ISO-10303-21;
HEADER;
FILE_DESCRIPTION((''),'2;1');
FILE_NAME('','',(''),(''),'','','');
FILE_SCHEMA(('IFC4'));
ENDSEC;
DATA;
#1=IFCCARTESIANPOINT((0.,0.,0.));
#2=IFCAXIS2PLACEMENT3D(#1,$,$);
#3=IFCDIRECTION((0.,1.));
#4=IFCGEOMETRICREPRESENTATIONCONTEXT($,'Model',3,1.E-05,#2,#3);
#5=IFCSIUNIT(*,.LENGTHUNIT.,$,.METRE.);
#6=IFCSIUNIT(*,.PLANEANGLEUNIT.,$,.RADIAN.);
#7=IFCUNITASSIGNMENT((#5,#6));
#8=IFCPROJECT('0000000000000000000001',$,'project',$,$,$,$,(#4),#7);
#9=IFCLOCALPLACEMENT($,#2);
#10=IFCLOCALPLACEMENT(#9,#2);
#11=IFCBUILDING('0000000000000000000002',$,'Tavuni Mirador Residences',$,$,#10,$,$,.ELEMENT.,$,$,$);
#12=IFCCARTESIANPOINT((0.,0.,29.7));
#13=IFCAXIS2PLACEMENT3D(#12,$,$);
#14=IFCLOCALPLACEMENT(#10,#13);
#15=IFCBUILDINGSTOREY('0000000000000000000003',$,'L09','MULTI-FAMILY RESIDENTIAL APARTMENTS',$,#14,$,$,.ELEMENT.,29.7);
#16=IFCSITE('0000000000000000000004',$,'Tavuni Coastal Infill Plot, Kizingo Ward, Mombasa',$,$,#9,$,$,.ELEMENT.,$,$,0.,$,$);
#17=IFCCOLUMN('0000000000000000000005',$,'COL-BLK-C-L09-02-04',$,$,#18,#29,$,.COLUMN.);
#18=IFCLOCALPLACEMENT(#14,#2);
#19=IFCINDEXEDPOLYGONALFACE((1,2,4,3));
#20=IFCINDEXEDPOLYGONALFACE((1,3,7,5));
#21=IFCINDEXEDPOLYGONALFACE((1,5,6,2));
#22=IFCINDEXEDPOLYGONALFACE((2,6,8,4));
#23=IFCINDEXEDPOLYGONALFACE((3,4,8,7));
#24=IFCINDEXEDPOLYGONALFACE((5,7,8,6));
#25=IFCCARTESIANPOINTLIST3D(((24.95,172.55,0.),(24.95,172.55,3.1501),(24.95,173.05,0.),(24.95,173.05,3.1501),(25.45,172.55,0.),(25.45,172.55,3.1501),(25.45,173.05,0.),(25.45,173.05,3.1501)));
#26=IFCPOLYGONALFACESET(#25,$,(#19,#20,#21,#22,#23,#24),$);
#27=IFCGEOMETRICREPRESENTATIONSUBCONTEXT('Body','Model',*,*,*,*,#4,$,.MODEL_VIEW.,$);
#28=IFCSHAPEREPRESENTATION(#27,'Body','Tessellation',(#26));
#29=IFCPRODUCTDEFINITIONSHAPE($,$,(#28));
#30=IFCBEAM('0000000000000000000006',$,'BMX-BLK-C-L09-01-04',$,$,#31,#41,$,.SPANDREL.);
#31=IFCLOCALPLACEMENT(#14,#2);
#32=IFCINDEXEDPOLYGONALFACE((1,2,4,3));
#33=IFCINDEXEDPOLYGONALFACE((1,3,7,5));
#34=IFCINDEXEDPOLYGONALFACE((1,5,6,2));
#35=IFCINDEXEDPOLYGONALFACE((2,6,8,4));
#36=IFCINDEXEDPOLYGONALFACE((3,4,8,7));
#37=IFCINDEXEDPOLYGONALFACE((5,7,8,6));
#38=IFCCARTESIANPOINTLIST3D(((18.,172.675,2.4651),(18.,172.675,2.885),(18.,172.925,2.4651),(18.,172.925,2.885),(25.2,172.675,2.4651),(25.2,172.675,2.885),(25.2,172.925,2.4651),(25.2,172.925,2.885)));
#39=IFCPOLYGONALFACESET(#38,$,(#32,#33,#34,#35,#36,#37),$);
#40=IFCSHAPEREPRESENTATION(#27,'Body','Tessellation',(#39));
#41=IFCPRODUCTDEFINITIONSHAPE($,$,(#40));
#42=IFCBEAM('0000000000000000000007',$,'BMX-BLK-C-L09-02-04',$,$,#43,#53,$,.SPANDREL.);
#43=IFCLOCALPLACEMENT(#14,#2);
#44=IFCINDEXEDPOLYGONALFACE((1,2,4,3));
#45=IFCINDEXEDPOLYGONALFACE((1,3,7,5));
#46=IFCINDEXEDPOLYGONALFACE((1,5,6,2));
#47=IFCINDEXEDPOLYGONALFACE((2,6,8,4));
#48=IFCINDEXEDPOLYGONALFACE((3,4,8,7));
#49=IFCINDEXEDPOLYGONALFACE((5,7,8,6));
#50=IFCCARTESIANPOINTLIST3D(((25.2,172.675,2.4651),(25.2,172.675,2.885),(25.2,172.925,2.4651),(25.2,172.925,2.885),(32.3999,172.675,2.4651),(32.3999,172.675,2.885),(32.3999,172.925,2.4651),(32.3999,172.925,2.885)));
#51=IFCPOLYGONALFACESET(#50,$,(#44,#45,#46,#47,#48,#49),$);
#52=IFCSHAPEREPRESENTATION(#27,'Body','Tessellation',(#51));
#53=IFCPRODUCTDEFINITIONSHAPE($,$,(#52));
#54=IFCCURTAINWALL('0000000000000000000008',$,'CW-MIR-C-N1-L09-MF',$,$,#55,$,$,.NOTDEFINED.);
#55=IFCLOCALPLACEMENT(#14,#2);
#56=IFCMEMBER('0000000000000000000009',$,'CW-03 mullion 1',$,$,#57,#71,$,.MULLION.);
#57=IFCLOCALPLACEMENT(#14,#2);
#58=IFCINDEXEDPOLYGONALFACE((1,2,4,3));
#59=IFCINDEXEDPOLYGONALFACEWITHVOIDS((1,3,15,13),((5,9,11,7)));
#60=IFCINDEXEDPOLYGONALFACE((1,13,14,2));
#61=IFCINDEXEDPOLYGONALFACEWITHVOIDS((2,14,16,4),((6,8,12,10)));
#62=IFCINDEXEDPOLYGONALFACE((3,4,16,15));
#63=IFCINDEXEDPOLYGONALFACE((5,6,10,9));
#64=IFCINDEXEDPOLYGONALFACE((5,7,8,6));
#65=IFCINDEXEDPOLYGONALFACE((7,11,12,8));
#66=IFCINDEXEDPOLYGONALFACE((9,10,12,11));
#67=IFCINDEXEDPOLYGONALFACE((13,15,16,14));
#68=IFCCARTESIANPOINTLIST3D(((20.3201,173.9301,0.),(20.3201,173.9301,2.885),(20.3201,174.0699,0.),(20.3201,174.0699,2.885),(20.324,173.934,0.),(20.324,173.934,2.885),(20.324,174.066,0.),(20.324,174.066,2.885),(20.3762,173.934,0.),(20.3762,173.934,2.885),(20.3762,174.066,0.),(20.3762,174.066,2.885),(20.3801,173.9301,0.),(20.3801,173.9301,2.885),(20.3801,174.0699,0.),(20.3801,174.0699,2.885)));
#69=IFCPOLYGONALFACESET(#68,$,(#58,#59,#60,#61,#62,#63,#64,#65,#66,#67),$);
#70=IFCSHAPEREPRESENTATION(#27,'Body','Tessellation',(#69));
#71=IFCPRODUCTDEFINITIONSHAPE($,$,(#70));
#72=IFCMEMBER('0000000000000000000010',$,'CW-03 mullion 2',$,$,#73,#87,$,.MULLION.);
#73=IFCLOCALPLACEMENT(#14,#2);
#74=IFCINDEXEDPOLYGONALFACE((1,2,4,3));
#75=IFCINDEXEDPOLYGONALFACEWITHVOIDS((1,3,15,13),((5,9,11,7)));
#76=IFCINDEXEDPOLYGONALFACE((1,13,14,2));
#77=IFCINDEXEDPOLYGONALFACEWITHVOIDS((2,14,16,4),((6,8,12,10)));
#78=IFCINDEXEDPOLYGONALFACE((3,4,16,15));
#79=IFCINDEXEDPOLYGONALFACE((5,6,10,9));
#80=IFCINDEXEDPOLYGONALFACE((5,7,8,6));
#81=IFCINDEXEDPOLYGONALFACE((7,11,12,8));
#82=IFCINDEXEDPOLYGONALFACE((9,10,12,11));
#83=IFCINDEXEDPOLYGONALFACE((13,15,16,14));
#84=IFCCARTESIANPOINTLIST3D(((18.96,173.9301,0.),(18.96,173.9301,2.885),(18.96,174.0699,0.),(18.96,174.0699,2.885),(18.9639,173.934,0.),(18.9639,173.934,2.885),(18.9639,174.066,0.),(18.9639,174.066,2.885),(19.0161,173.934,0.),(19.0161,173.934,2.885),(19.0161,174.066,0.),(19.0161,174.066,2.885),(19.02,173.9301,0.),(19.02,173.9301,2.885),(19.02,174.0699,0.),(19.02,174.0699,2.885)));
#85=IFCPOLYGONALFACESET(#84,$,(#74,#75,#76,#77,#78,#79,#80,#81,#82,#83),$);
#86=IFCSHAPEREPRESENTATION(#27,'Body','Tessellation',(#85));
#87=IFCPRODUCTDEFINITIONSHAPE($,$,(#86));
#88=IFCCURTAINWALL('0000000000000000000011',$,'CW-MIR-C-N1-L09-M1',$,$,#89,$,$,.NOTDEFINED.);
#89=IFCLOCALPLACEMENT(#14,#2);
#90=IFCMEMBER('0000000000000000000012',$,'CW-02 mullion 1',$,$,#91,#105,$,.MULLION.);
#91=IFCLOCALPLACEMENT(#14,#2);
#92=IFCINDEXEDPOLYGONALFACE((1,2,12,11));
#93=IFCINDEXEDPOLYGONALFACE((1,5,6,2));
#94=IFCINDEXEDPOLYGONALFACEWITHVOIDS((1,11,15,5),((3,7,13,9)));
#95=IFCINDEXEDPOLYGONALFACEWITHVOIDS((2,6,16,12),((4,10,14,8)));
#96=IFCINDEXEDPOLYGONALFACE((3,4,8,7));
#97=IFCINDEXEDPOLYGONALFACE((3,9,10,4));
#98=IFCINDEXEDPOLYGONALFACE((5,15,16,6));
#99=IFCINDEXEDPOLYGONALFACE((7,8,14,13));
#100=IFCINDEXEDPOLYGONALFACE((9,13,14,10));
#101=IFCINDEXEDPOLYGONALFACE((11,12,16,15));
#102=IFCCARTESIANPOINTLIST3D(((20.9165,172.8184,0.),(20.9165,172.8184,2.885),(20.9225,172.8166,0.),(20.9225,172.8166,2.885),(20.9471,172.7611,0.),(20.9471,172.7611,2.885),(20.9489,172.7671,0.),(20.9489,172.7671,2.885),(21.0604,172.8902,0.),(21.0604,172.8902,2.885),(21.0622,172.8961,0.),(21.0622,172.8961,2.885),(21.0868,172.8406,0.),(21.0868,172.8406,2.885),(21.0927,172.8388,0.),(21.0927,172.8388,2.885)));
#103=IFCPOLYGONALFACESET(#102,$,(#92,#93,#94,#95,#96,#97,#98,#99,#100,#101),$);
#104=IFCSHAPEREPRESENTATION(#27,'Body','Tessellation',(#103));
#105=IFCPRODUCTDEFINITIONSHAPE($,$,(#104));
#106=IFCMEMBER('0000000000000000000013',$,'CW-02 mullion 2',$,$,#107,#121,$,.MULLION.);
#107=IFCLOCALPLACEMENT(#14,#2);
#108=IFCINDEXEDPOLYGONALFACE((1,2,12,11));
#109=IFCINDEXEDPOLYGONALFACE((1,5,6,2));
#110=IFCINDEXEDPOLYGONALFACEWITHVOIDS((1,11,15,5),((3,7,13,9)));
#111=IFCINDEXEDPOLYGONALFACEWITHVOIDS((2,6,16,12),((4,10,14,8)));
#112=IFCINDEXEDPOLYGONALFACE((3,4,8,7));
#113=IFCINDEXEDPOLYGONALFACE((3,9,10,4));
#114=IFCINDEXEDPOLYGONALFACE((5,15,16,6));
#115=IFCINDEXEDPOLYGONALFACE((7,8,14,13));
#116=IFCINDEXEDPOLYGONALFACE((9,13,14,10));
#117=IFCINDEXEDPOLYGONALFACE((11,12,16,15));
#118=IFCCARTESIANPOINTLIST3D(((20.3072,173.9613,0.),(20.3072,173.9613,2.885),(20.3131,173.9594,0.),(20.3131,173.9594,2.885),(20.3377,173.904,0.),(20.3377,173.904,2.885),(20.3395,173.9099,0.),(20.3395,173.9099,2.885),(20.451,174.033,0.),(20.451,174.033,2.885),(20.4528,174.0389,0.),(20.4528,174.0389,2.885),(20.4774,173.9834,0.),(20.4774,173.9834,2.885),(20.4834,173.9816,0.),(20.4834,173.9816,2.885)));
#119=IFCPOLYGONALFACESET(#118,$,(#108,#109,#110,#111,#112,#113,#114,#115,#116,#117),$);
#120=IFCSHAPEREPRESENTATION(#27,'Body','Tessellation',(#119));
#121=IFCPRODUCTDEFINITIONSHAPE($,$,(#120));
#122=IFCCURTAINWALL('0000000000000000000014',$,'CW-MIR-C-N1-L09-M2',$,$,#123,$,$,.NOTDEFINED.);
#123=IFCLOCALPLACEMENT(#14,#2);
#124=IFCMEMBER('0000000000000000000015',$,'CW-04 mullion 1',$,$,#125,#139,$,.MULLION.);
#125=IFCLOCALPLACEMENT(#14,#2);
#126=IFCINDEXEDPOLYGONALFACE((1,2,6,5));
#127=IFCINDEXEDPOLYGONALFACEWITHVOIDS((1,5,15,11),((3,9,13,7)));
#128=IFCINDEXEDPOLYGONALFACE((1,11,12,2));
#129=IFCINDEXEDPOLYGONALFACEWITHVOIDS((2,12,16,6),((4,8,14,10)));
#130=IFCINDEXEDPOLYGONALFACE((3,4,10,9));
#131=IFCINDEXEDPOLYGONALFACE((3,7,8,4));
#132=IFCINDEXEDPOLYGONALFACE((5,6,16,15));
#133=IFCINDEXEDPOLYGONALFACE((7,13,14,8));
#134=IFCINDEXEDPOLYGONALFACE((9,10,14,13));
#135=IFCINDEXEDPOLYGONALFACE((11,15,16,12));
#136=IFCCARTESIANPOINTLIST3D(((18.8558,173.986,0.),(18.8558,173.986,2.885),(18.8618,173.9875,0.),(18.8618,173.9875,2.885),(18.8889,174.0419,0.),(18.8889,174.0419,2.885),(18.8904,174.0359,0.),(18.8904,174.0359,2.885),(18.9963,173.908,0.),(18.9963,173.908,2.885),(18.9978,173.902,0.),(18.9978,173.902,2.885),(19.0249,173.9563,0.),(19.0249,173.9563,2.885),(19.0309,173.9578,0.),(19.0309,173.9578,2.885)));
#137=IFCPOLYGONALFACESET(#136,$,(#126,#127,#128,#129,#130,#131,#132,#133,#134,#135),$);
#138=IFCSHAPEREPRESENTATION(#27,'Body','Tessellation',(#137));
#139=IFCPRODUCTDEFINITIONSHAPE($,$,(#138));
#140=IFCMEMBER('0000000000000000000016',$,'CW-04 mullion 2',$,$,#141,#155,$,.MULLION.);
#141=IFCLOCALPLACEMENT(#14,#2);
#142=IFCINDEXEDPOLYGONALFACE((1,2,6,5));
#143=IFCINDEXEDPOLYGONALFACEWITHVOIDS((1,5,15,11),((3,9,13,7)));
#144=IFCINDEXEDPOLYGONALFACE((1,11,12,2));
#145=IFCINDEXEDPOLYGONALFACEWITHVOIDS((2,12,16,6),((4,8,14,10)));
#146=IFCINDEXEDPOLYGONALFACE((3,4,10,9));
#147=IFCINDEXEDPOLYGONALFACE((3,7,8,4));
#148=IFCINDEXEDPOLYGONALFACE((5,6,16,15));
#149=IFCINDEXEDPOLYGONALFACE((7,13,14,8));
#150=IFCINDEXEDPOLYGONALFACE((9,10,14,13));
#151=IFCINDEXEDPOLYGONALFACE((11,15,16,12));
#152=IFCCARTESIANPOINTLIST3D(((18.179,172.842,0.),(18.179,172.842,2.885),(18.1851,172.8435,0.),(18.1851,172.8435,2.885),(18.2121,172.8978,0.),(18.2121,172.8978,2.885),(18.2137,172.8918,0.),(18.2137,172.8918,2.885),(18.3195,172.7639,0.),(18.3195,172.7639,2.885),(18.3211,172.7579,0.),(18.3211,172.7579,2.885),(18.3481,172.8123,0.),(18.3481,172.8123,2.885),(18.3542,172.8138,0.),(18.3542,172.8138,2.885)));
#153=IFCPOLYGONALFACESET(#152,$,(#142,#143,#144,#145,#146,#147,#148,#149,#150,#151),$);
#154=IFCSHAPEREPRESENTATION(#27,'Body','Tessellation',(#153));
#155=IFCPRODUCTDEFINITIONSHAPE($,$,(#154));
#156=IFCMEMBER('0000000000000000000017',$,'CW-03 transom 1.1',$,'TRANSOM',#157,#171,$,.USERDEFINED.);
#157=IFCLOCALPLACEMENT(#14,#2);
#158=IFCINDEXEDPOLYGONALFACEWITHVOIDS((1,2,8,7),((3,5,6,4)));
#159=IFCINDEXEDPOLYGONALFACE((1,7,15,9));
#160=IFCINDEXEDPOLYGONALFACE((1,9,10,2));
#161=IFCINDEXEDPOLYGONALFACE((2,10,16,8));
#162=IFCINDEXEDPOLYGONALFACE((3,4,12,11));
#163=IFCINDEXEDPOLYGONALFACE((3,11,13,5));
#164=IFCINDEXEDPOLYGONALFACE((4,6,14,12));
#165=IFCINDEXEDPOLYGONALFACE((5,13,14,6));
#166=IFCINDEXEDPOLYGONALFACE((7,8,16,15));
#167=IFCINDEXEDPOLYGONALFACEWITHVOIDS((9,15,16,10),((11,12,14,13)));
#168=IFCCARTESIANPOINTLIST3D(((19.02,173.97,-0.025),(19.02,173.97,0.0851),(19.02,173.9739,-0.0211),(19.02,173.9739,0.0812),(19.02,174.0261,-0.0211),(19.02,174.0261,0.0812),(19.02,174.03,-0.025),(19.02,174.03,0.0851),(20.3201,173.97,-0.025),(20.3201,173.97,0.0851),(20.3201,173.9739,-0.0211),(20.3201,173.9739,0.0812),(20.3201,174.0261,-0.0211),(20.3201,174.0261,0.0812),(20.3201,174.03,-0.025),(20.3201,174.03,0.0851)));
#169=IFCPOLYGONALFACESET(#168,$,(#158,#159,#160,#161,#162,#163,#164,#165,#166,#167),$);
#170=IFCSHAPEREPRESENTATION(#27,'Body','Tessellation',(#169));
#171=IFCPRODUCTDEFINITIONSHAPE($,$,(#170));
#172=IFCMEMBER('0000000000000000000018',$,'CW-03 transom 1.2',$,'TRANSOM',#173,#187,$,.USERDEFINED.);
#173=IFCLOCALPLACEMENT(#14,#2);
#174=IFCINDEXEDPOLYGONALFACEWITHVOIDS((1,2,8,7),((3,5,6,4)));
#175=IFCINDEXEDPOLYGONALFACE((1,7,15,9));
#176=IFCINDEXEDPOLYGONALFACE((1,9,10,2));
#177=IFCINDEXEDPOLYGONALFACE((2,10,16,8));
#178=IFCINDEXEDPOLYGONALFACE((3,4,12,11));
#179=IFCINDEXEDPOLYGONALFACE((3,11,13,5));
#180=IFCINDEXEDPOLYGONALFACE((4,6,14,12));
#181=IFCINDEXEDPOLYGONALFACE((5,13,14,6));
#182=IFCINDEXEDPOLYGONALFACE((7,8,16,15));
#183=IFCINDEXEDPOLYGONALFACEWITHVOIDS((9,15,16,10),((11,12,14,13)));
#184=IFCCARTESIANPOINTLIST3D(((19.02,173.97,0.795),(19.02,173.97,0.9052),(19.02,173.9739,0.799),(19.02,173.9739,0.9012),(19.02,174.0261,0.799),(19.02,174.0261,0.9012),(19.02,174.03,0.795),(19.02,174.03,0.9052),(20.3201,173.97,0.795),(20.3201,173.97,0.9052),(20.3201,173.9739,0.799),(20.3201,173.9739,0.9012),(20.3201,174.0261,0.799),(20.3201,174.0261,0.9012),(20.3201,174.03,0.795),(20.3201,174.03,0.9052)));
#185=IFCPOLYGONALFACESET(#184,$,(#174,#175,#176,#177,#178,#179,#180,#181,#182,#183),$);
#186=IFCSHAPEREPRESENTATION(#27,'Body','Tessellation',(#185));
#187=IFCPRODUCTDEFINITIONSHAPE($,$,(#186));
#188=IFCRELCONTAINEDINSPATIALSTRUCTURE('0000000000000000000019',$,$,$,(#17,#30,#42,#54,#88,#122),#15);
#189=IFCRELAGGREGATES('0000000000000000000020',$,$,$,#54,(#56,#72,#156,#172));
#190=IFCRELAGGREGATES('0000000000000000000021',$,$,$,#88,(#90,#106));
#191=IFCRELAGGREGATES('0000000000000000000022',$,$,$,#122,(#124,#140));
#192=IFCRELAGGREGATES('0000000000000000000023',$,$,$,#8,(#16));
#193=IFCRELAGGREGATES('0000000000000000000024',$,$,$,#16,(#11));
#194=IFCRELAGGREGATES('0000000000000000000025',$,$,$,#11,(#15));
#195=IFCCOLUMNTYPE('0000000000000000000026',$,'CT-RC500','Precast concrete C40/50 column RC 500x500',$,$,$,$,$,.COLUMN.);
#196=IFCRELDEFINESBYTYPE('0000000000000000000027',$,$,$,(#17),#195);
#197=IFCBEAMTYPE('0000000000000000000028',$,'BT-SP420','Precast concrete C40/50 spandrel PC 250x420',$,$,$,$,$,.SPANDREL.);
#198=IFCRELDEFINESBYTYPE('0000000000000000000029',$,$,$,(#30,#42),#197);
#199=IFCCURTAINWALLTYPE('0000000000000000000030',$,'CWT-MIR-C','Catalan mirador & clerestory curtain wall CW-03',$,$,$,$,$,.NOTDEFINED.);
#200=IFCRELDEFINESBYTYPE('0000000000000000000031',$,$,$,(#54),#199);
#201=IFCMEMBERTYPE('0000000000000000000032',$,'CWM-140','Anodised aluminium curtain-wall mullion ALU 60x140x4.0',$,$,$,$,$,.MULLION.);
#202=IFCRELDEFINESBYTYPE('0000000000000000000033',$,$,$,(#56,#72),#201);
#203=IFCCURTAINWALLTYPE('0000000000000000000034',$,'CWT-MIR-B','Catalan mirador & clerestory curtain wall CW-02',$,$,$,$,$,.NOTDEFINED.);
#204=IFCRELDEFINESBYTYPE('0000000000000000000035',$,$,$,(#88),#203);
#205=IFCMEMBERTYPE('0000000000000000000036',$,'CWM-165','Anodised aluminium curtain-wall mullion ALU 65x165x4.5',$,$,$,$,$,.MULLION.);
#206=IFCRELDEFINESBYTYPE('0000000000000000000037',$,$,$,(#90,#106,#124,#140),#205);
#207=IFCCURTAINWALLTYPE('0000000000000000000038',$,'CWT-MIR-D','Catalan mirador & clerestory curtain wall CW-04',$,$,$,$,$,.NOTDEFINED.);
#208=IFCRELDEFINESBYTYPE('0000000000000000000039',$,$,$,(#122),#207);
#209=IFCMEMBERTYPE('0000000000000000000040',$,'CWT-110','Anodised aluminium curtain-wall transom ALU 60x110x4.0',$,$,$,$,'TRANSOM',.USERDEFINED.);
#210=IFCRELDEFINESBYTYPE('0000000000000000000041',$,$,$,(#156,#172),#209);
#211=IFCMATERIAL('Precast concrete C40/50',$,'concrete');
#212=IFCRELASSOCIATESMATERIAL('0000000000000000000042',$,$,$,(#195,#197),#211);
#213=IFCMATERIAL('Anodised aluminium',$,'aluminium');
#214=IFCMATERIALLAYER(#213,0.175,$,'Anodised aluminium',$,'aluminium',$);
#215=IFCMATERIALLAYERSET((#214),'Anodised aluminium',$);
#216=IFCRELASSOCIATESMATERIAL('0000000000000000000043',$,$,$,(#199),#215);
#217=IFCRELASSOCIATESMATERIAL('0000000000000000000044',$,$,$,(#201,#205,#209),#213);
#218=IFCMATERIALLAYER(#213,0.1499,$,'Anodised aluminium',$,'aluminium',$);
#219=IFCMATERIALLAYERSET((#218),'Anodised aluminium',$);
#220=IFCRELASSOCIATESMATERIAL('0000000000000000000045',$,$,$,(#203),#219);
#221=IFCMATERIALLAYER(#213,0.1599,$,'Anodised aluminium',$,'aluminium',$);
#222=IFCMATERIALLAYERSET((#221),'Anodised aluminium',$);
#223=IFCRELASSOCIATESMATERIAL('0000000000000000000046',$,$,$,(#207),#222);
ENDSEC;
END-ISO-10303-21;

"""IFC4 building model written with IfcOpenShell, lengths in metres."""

from ifc_helpers import new_model, si_unit, direction, frame, origin, origin_2d, place, context, subcontext, project, spatial, rectangle, hollow_rectangle, extrude, material, layer, layer_set, material_profile, profile_set, type_object, element, aggregate, save


model = new_model("IFC4")

# Units and contexts
model_context = context("Model", 3, precision=1e-05, world=origin(), true_north=direction((0.0, 1.0)))
body_context = subcontext(model_context, "Body", "Model", "MODEL_VIEW")
ifc_project = project(units=[si_unit("LENGTHUNIT", "METRE"), si_unit("PLANEANGLEUNIT", "RADIAN")], contexts=[model_context])

# Site, building, storey
site_placement = place(None, origin())
site = spatial("IfcSite", under=ifc_project, at=site_placement, Name="Tavuni Coastal Infill Plot, Kizingo Ward, Mombasa", CompositionType="ELEMENT", RefElevation=0.0)
building_placement = place(site_placement, origin())
building = spatial("IfcBuilding", under=site, at=building_placement, Name="Tavuni Mirador Residences", CompositionType="ELEMENT")
storey_placement = place(building_placement, frame((0.0, 0.0, 29.7)))
storey = spatial("IfcBuildingStorey", under=building, at=storey_placement, Name="L09", Description="MULTI-FAMILY RESIDENTIAL APARTMENTS", CompositionType="ELEMENT", Elevation=29.7)

# Column
ifc_material_1 = material(Name="Precast concrete C40/50", Category="concrete")
ifc_material_profile_1 = material_profile(ifc_material_1, rectangle(XDim=0.5, YDim=0.5, at=origin_2d()), Name="RC 500x500", Category="concrete")
ifc_profile_set_1 = profile_set([ifc_material_profile_1], Name="Precast concrete C40/50")
column_type = type_object("IfcColumnType", Name="CT-RC500", Description="Precast concrete C40/50 column RC 500x500", PredefinedType="COLUMN", material=ifc_profile_set_1)
column_placement = place(storey_placement, frame((25.2, 172.8, 0.0), z_axis=(0.0, 0.0, 1.0), x_axis=(1.0, 0.0, 0.0)))
element("IfcColumn", 1, at=column_placement, inside=storey, type_object=column_type, Name="COL-BLK-C-L09-02-04", PredefinedType="COLUMN", context=body_context, shape_type="SweptSolid", body=[
    extrude(rectangle(XDim=0.5, YDim=0.5, at=origin_2d()), origin(), (0.0, 0.0, 1.0), 3.1501),
])

# Beams
ifc_material_profile_2 = material_profile(ifc_material_1, rectangle(XDim=0.25, YDim=0.4199, at=origin_2d()), Name="PC 250x420", Category="concrete")
ifc_profile_set_2 = profile_set([ifc_material_profile_2], Name="Precast concrete C40/50")
beam_type = type_object("IfcBeamType", Name="BT-SP420", Description="Precast concrete C40/50 spandrel PC 250x420", PredefinedType="SPANDREL", material=ifc_profile_set_2)
for number, where, z_axis, x_axis, name in (
    (2, (18.0, 172.8, 2.675), (1.0, 0.0, 0.0), (0.0, 1.0, 0.0), "BMX-BLK-C-L09-01-04"),
    (3, (25.2, 172.8, 2.675), (1.0, 0.0, 0.0), (0.0, 1.0, 0.0), "BMX-BLK-C-L09-02-04"),
):
    element("IfcBeam", number, at=place(storey_placement, frame(where, z_axis=z_axis, x_axis=x_axis)), inside=storey, type_object=beam_type, Name=name, PredefinedType="SPANDREL", context=body_context, shape_type="SweptSolid", body=[
        extrude(rectangle(XDim=0.25, YDim=0.4199, at=origin_2d()), origin(), (0.0, 0.0, 1.0), 7.2),
    ])

# Curtain walls, members
ifc_material_2 = material(Name="Anodised aluminium", Category="aluminium")
ifc_layer_1 = layer(ifc_material_2, 0.175, Name="Anodised aluminium", Category="aluminium")
ifc_layer_set_1 = layer_set([ifc_layer_1], Name="Anodised aluminium")
curtain_wall_type_1 = type_object("IfcCurtainWallType", Name="CWT-MIR-C", Description="Catalan mirador & clerestory curtain wall CW-03", PredefinedType="NOTDEFINED", material=ifc_layer_set_1)
curtain_wall_1_placement = place(storey_placement, origin())
curtain_wall_1 = element("IfcCurtainWall", 4, at=curtain_wall_1_placement, inside=storey, type_object=curtain_wall_type_1, Name="CW-MIR-C-N1-L09-MF", PredefinedType="NOTDEFINED")
ifc_material_profile_3 = material_profile(ifc_material_2, hollow_rectangle(XDim=0.0601, YDim=0.1399, WallThickness=0.0039, at=origin_2d()), Name="ALU 60x140x4.0", Category="aluminium")
ifc_profile_set_3 = profile_set([ifc_material_profile_3], Name="Anodised aluminium")
member_type_1 = type_object("IfcMemberType", Name="CWM-140", Description="Anodised aluminium curtain-wall mullion ALU 60x140x4.0", PredefinedType="MULLION", material=ifc_profile_set_3)
member_1_placement = place(storey_placement, frame((20.3501, 174.0, 0.0), z_axis=(0.0, 0.0, 1.0), x_axis=(-1.0, 0.0, 0.0)))
member_1 = element("IfcMember", 5, at=member_1_placement, type_object=member_type_1, Name="CW-03 mullion 1", PredefinedType="MULLION", context=body_context, shape_type="SweptSolid", body=[
    extrude(hollow_rectangle(XDim=0.0601, YDim=0.1399, WallThickness=0.0039, at=origin_2d()), origin(), (0.0, 0.0, 1.0), 2.885),
])
member_2_placement = place(storey_placement, frame((18.99, 174.0, 0.0), z_axis=(0.0, 0.0, 1.0), x_axis=(-1.0, 0.0, 0.0)))
member_2 = element("IfcMember", 6, at=member_2_placement, type_object=member_type_1, Name="CW-03 mullion 2", PredefinedType="MULLION", context=body_context, shape_type="SweptSolid", body=[
    extrude(hollow_rectangle(XDim=0.0601, YDim=0.1399, WallThickness=0.0039, at=origin_2d()), origin(), (0.0, 0.0, 1.0), 2.885),
])
ifc_layer_2 = layer(ifc_material_2, 0.1499, Name="Anodised aluminium", Category="aluminium")
ifc_layer_set_2 = layer_set([ifc_layer_2], Name="Anodised aluminium")
curtain_wall_type_2 = type_object("IfcCurtainWallType", Name="CWT-MIR-B", Description="Catalan mirador & clerestory curtain wall CW-02", PredefinedType="NOTDEFINED", material=ifc_layer_set_2)
curtain_wall_2_placement = place(storey_placement, origin())
curtain_wall_2 = element("IfcCurtainWall", 7, at=curtain_wall_2_placement, inside=storey, type_object=curtain_wall_type_2, Name="CW-MIR-C-N1-L09-M1", PredefinedType="NOTDEFINED")
ifc_material_profile_4 = material_profile(ifc_material_2, hollow_rectangle(XDim=0.0649, YDim=0.165, WallThickness=0.0044, at=origin_2d()), Name="ALU 65x165x4.5", Category="aluminium")
ifc_profile_set_4 = profile_set([ifc_material_profile_4], Name="Anodised aluminium")
member_type_2 = type_object("IfcMemberType", Name="CWM-165", Description="Anodised aluminium curtain-wall mullion ALU 65x165x4.5", PredefinedType="MULLION", material=ifc_profile_set_4)
member_3_placement = place(storey_placement, frame((21.0046, 172.8286, 0.0), z_axis=(0.0, 0.0, 1.0), x_axis=(-0.470588, 0.882353, 0.0)))
member_3 = element("IfcMember", 8, at=member_3_placement, type_object=member_type_2, Name="CW-02 mullion 1", PredefinedType="MULLION", context=body_context, shape_type="SweptSolid", body=[
    extrude(hollow_rectangle(XDim=0.0649, YDim=0.165, WallThickness=0.0044, at=origin_2d()), origin(), (0.0, 0.0, 1.0), 2.885),
])
member_4_placement = place(storey_placement, frame((20.3953, 173.9714, 0.0), z_axis=(0.0, 0.0, 1.0), x_axis=(-0.470588, 0.882353, 0.0)))
member_4 = element("IfcMember", 9, at=member_4_placement, type_object=member_type_2, Name="CW-02 mullion 2", PredefinedType="MULLION", context=body_context, shape_type="SweptSolid", body=[
    extrude(hollow_rectangle(XDim=0.0649, YDim=0.165, WallThickness=0.0044, at=origin_2d()), origin(), (0.0, 0.0, 1.0), 2.885),
])
ifc_layer_3 = layer(ifc_material_2, 0.1599, Name="Anodised aluminium", Category="aluminium")
ifc_layer_set_3 = layer_set([ifc_layer_3], Name="Anodised aluminium")
curtain_wall_type_3 = type_object("IfcCurtainWallType", Name="CWT-MIR-D", Description="Catalan mirador & clerestory curtain wall CW-04", PredefinedType="NOTDEFINED", material=ifc_layer_set_3)
curtain_wall_3_placement = place(storey_placement, origin())
curtain_wall_3 = element("IfcCurtainWall", 10, at=curtain_wall_3_placement, inside=storey, type_object=curtain_wall_type_3, Name="CW-MIR-C-N1-L09-M2", PredefinedType="NOTDEFINED")
member_5_placement = place(storey_placement, frame((18.9434, 173.9719, 0.0), z_axis=(0.0, 0.0, 1.0), x_axis=(-0.509212, -0.860641, 0.0)))
member_5 = element("IfcMember", 11, at=member_5_placement, type_object=member_type_2, Name="CW-04 mullion 1", PredefinedType="MULLION", context=body_context, shape_type="SweptSolid", body=[
    extrude(hollow_rectangle(XDim=0.0649, YDim=0.165, WallThickness=0.0044, at=origin_2d()), origin(), (0.0, 0.0, 1.0), 2.885),
])
member_6_placement = place(storey_placement, frame((18.2666, 172.8279, 0.0), z_axis=(0.0, 0.0, 1.0), x_axis=(-0.509212, -0.860641, 0.0)))
member_6 = element("IfcMember", 12, at=member_6_placement, type_object=member_type_2, Name="CW-04 mullion 2", PredefinedType="MULLION", context=body_context, shape_type="SweptSolid", body=[
    extrude(hollow_rectangle(XDim=0.0649, YDim=0.165, WallThickness=0.0044, at=origin_2d()), origin(), (0.0, 0.0, 1.0), 2.885),
])

# Members
ifc_material_profile_5 = material_profile(ifc_material_2, hollow_rectangle(XDim=0.0601, YDim=0.1101, WallThickness=0.0039, at=origin_2d()), Name="ALU 60x110x4.0", Category="aluminium")
ifc_profile_set_5 = profile_set([ifc_material_profile_5], Name="Anodised aluminium")
member_type_3 = type_object("IfcMemberType", Name="CWT-110", Description="Anodised aluminium curtain-wall transom ALU 60x110x4.0", ElementType="TRANSOM", PredefinedType="USERDEFINED", material=ifc_profile_set_5)
member_7_placement = place(storey_placement, frame((20.3201, 174.0, 0.03), z_axis=(-1.0, 0.0, 0.0), x_axis=(0.0, -1.0, 0.0)))
member_7 = element("IfcMember", 13, at=member_7_placement, type_object=member_type_3, Name="CW-03 transom 1.1", ObjectType="TRANSOM", PredefinedType="USERDEFINED", context=body_context, shape_type="SweptSolid", body=[
    extrude(hollow_rectangle(XDim=0.0601, YDim=0.1101, WallThickness=0.0039, at=origin_2d()), origin(), (0.0, 0.0, 1.0), 1.3),
])
member_8_placement = place(storey_placement, frame((20.3201, 174.0, 0.8501), z_axis=(-1.0, 0.0, 0.0), x_axis=(0.0, -1.0, 0.0)))
member_8 = element("IfcMember", 14, at=member_8_placement, type_object=member_type_3, Name="CW-03 transom 1.2", ObjectType="TRANSOM", PredefinedType="USERDEFINED", context=body_context, shape_type="SweptSolid", body=[
    extrude(hollow_rectangle(XDim=0.0601, YDim=0.1101, WallThickness=0.0039, at=origin_2d()), origin(), (0.0, 0.0, 1.0), 1.3),
])

aggregate(curtain_wall_1, [member_1, member_2, member_7, member_8])
aggregate(curtain_wall_2, [member_3, member_4])
aggregate(curtain_wall_3, [member_5, member_6])

save(model, "model.ifc")
